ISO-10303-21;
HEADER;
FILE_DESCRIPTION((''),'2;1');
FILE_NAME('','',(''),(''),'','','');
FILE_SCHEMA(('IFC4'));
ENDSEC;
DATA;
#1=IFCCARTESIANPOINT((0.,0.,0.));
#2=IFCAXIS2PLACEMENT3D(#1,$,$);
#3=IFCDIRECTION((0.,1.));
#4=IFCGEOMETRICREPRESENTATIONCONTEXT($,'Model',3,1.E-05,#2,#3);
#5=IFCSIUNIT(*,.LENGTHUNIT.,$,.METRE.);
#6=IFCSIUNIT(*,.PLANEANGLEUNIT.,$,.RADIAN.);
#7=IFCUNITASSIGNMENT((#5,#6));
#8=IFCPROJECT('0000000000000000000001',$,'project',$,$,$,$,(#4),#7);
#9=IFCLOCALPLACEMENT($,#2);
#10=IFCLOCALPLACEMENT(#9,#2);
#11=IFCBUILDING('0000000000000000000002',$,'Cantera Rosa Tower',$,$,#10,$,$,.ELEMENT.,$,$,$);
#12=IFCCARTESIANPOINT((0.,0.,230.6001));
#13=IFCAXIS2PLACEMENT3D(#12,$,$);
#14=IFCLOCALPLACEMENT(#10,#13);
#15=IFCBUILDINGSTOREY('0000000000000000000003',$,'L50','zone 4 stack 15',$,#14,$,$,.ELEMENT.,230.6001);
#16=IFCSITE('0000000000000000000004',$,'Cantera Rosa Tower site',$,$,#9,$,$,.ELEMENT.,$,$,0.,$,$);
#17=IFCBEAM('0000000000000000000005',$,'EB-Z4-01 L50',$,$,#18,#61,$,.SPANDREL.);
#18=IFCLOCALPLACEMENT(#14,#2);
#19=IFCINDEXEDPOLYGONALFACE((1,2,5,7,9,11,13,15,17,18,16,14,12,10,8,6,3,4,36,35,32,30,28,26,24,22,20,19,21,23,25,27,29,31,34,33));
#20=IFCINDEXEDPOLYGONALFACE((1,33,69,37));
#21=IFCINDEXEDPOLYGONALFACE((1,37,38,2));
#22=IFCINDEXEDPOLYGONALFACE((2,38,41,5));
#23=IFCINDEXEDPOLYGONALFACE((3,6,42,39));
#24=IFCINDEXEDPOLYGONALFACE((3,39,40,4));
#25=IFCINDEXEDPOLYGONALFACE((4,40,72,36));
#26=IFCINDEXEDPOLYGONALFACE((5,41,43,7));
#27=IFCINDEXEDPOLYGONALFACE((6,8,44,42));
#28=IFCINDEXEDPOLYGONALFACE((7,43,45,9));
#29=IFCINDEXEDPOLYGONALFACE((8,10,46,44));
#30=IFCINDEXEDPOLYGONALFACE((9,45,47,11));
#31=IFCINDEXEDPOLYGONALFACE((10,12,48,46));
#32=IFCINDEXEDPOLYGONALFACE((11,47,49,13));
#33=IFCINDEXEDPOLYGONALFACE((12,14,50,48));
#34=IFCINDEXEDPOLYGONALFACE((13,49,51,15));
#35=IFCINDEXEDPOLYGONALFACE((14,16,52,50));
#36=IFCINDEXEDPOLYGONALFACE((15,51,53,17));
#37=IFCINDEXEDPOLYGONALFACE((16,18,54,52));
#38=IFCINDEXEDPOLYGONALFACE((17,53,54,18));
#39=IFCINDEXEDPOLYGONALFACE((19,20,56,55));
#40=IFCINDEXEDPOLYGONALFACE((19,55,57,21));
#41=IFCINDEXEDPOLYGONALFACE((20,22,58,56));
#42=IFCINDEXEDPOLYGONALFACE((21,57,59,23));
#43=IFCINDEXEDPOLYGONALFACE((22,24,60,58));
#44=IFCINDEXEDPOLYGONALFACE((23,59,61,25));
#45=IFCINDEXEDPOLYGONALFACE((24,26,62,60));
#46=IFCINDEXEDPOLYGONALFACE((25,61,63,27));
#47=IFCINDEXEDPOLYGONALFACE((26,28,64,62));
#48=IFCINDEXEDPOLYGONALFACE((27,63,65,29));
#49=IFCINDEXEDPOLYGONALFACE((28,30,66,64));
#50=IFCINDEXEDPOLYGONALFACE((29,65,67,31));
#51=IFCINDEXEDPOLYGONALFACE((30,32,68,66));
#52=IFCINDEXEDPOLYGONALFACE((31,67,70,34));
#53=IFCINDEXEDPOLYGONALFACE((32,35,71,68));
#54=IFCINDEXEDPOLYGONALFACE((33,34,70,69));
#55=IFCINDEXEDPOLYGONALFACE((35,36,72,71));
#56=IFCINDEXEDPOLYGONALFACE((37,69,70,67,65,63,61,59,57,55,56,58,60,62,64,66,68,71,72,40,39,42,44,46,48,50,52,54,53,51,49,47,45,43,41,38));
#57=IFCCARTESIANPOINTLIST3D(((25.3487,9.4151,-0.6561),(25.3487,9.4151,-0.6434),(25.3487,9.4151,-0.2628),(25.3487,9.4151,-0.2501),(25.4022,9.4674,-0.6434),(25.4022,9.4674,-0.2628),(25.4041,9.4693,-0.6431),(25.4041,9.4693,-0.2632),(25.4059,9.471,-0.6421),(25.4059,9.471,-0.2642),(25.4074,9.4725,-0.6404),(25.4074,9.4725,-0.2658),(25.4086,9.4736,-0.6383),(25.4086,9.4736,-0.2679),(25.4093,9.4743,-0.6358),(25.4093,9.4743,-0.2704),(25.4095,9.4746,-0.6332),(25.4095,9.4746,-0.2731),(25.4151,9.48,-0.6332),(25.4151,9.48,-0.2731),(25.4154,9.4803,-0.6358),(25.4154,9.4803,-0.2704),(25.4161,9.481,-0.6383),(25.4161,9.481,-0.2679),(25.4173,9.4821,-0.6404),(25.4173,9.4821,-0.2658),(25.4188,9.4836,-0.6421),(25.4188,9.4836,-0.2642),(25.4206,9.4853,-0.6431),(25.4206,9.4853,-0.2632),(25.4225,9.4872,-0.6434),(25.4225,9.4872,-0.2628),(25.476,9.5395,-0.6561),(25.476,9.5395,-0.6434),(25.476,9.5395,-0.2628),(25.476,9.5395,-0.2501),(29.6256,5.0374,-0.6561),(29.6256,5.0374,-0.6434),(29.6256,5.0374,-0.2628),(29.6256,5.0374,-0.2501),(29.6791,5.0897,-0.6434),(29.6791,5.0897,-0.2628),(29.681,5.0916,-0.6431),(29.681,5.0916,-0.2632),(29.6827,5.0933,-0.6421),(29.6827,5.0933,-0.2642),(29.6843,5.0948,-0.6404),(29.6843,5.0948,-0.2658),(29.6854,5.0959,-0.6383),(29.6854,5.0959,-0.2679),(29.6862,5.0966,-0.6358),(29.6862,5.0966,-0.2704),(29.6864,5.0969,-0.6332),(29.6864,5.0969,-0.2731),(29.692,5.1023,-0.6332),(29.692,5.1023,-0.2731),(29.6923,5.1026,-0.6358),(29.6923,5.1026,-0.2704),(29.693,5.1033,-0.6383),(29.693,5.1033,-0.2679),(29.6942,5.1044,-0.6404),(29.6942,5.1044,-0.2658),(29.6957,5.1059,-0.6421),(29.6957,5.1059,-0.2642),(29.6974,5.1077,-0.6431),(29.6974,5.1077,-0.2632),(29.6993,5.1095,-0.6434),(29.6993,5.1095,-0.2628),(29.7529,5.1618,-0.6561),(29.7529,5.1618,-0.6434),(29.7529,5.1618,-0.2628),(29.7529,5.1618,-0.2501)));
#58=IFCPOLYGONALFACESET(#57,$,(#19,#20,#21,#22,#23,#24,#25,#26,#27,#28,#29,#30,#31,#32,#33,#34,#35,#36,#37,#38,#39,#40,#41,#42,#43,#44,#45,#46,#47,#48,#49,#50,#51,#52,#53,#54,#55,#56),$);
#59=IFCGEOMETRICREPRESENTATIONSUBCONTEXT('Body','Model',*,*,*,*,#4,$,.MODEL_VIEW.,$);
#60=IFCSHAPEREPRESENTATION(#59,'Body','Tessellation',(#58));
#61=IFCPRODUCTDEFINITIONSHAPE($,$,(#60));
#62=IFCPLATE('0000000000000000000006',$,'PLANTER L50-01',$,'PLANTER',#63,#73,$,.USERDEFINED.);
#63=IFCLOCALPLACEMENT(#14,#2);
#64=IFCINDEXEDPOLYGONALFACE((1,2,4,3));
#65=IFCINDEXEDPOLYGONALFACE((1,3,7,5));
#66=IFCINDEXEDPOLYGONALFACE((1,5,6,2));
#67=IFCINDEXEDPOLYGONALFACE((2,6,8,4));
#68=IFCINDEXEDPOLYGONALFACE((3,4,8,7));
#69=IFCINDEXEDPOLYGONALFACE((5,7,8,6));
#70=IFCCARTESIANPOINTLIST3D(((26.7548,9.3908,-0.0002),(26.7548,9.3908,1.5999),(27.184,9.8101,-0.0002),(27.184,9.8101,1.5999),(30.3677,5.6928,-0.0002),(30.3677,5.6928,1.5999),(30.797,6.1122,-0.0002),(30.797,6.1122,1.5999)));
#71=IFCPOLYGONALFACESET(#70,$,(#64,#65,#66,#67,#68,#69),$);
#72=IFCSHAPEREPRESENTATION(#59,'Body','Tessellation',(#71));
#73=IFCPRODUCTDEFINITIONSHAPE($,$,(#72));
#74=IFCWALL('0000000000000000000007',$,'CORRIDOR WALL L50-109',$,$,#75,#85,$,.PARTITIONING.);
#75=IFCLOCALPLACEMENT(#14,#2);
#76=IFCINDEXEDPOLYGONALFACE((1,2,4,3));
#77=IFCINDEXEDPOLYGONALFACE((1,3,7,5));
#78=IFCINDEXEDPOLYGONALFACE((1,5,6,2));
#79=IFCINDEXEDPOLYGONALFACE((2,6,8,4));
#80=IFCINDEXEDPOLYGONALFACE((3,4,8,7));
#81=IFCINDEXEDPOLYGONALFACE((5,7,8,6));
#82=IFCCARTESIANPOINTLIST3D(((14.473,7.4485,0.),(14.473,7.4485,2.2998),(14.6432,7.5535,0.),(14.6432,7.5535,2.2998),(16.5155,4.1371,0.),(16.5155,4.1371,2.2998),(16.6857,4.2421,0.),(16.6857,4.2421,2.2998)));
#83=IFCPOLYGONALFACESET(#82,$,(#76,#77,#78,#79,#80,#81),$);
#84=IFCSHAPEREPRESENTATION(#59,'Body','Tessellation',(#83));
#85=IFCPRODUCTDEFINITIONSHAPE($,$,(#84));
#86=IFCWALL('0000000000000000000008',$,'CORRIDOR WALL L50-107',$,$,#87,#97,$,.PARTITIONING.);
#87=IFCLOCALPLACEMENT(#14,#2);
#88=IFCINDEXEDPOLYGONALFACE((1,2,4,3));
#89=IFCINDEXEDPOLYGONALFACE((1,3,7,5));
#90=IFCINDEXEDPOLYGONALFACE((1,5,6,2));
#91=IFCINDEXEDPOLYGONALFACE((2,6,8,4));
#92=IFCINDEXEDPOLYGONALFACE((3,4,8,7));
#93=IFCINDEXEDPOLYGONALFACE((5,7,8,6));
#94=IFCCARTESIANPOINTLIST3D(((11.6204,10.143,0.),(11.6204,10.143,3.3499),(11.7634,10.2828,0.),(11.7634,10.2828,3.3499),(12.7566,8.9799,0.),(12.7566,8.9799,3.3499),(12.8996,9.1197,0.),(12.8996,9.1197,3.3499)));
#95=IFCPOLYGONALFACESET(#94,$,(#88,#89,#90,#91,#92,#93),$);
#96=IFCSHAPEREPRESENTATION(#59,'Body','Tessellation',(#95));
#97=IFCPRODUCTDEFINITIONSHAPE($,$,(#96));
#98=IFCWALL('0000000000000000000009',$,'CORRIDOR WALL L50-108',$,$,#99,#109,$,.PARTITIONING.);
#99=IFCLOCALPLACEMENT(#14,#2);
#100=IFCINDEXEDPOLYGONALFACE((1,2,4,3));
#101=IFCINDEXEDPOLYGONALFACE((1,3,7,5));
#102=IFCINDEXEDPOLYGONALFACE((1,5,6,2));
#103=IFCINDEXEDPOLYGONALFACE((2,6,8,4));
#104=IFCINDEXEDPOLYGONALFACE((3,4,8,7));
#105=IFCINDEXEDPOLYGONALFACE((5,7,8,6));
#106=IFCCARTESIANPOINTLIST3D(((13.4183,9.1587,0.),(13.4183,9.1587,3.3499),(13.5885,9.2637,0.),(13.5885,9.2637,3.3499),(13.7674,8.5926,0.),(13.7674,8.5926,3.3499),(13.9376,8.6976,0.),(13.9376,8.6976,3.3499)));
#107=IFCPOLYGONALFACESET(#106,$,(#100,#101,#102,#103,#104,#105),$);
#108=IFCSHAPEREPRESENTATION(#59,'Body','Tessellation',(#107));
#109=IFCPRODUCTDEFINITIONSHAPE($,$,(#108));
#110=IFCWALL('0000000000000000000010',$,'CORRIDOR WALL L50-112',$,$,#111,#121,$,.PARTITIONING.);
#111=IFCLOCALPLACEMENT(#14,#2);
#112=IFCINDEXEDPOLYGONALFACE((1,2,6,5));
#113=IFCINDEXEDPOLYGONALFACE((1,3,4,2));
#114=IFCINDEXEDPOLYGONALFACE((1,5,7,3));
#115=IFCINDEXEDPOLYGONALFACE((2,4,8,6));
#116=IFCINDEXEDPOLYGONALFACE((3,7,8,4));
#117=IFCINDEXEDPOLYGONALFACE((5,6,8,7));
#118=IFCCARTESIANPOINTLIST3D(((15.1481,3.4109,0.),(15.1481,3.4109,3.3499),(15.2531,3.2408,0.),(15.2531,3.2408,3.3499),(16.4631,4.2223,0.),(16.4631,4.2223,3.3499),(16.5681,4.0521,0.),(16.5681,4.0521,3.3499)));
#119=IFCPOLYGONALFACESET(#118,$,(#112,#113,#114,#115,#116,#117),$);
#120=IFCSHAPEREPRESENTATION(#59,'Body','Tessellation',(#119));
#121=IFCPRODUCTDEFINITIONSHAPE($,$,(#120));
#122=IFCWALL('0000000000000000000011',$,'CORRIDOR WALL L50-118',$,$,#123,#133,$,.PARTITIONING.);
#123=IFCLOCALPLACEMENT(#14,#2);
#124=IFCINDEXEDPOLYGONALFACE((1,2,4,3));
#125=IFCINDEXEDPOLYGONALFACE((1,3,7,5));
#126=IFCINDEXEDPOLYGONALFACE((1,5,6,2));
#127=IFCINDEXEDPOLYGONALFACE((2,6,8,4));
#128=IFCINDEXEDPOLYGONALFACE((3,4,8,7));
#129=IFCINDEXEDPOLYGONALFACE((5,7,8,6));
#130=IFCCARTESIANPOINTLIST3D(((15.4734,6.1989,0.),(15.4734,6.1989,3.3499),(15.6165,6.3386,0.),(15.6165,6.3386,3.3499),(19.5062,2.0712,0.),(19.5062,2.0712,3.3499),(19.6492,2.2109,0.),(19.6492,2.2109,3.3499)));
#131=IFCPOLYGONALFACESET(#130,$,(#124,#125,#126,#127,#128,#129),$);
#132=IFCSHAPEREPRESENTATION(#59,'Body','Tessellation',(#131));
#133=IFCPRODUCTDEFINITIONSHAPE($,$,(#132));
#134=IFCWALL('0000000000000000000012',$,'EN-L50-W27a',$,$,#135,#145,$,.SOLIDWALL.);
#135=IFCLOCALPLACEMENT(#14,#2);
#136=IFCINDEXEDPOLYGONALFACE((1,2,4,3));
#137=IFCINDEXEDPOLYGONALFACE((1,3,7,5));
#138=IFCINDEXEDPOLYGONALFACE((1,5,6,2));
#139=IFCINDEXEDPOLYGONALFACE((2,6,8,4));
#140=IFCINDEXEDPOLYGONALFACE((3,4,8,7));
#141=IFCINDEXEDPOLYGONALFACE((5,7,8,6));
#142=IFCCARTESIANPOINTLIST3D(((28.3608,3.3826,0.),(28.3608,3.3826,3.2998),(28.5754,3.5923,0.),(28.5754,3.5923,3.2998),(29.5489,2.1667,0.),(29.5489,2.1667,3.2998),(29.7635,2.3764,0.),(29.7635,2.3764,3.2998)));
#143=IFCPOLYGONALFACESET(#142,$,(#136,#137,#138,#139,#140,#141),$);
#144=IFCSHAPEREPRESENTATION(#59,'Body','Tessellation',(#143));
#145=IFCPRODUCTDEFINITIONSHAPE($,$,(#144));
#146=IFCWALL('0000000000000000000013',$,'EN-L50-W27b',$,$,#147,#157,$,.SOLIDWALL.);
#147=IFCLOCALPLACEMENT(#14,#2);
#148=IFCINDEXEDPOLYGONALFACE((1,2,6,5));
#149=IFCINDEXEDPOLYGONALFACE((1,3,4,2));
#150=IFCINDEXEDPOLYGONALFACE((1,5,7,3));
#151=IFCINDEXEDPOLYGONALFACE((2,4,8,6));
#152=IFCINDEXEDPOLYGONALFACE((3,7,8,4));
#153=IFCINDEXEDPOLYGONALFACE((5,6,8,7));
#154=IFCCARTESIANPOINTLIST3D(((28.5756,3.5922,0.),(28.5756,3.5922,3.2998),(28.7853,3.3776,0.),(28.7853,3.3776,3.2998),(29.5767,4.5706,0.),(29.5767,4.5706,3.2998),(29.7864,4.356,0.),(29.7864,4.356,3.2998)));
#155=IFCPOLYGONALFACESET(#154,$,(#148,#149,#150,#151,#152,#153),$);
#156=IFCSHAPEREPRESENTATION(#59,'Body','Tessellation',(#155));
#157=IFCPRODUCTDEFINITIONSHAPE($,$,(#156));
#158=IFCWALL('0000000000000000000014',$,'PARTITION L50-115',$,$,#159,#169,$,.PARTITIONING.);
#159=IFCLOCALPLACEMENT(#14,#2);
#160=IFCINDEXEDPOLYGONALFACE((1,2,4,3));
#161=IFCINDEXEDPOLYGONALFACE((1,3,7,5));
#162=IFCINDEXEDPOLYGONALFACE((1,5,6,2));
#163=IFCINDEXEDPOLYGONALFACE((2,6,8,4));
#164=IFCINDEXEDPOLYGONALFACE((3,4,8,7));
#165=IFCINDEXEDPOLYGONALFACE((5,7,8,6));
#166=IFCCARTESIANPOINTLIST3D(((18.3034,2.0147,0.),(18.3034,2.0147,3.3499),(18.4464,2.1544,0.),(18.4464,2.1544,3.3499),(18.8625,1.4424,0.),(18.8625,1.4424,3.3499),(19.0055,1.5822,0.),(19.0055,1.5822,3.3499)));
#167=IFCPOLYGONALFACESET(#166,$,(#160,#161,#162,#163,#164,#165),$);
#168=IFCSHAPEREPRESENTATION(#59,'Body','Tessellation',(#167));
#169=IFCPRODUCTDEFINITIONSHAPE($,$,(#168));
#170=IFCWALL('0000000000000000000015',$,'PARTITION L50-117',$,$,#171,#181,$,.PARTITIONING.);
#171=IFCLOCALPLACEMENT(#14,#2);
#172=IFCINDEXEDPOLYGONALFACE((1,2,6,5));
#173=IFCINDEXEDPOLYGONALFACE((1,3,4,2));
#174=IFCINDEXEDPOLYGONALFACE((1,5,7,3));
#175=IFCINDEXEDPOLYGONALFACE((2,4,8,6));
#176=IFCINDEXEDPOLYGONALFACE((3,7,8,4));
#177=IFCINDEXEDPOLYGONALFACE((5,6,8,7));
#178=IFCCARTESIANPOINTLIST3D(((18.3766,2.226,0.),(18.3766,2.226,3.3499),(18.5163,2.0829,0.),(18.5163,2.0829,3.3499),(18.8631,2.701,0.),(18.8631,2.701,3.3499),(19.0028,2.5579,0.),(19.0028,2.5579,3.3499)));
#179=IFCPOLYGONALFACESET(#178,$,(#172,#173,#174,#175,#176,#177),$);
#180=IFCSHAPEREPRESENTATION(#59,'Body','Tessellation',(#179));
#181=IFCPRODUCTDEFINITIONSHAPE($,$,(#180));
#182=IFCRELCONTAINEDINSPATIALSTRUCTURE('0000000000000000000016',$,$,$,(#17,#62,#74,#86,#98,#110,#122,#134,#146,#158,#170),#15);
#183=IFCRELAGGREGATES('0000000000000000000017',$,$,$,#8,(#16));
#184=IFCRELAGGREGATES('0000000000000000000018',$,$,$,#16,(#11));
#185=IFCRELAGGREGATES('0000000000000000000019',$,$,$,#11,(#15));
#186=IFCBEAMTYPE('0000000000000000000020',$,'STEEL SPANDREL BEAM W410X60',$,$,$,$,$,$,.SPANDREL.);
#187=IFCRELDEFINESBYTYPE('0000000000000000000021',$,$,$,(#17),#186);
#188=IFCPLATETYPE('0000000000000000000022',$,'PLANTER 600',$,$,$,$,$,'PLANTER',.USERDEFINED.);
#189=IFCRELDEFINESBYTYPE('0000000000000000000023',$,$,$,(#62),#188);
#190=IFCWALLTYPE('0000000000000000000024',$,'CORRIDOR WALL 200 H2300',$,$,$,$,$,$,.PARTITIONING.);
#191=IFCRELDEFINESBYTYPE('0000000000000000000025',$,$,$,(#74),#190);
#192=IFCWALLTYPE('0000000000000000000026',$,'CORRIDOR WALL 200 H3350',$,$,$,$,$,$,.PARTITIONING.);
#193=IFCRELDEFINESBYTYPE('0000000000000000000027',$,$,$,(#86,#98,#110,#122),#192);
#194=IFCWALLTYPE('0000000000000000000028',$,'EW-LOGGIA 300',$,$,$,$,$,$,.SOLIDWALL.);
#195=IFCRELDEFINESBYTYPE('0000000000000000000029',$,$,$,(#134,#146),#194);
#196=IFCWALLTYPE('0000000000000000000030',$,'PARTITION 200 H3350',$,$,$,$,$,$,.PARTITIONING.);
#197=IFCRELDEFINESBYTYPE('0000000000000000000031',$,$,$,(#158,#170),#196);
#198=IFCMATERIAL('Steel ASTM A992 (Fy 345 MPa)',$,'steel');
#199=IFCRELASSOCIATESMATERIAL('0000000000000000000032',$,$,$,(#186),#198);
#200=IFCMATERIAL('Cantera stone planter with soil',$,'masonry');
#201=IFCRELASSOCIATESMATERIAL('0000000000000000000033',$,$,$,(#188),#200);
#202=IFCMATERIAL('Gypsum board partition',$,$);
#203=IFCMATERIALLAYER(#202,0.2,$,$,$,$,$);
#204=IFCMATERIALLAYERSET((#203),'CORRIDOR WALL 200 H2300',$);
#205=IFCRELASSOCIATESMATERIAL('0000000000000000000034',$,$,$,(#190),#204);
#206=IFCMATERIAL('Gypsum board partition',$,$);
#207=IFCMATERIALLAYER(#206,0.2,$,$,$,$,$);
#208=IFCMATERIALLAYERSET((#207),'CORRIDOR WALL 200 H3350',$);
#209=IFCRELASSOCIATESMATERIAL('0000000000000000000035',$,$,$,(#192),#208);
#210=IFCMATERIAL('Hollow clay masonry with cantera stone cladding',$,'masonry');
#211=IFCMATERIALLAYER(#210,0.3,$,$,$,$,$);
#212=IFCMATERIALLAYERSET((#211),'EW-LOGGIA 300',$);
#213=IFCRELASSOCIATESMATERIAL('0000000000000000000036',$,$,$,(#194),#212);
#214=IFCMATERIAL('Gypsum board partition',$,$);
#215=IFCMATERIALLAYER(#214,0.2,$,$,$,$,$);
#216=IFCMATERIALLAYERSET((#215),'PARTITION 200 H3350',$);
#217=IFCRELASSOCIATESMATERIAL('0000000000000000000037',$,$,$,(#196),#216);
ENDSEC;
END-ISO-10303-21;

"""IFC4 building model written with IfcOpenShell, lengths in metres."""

from ifc_helpers import new_model, si_unit, direction, frame, frame_2d, origin, origin_2d, place, context, subcontext, project, spatial, rectangle, i_section, extrude, material, layer, layer_set, material_profile, profile_set, type_object, element, save


model = new_model("IFC4")

# Units and contexts
model_context = context("Model", 3, precision=1e-05, world=origin(), true_north=direction((0.0, 1.0)))
body_context = subcontext(model_context, "Body", "Model", "MODEL_VIEW")
ifc_project = project(units=[si_unit("LENGTHUNIT", "METRE"), si_unit("PLANEANGLEUNIT", "RADIAN")], contexts=[model_context])

# Site, building, storey
site_placement = place(None, origin())
site = spatial("IfcSite", under=ifc_project, at=site_placement, Name="Cantera Rosa Tower site", CompositionType="ELEMENT", RefElevation=0.0)
building_placement = place(site_placement, origin())
building = spatial("IfcBuilding", under=site, at=building_placement, Name="Cantera Rosa Tower", CompositionType="ELEMENT")
storey_placement = place(building_placement, frame((0.0, 0.0, 230.6001)))
storey = spatial("IfcBuildingStorey", under=building, at=storey_placement, Name="L50", Description="zone 4 stack 15", CompositionType="ELEMENT", Elevation=230.6001)

# Beam
ifc_material_1 = material(Name="Steel ASTM A992 (Fy 345 MPa)", Category="steel")
ifc_material_profile_1 = material_profile(ifc_material_1, i_section(OverallWidth=0.178, OverallDepth=0.406, WebThickness=0.0078, FlangeThickness=0.0127, FilletRadius=0.0103, at=origin_2d()), Name="W410X60")
ifc_profile_set_1 = profile_set([ifc_material_profile_1], Name="Steel ASTM A992 (Fy 345 MPa)")
beam_type_1 = type_object("IfcBeamType", Name="STEEL SPANDREL BEAM W410X60", PredefinedType="SPANDREL", material=ifc_profile_set_1)
beam_1_placement = place(storey_placement, frame((29.6892, 5.0996, -0.4531), z_axis=(-0.698821, 0.715296, 0.0), x_axis=(-0.715296, -0.698821, 0.0)))
element("IfcBeam", 1, at=beam_1_placement, inside=storey, type_object=beam_type_1, Name="EB-Z4-01 L50", PredefinedType="SPANDREL", context=body_context, shape_type="SweptSolid", body=[
    extrude(i_section(OverallWidth=0.178, OverallDepth=0.406, WebThickness=0.0078, FlangeThickness=0.0127, FilletRadius=0.0103, at=origin_2d()), origin(), (0.0, 0.0, 1.0), 6.1201),
])

# Plate
ifc_material_2 = material(Name="Cantera stone planter with soil", Category="masonry")
plate_type = type_object("IfcPlateType", Name="PLANTER 600", ElementType="PLANTER", PredefinedType="USERDEFINED", material=ifc_material_2)
plate_placement = place(storey_placement, frame((28.7759, 7.7515, -0.0002), z_axis=(0.0, 0.0, 1.0), x_axis=(-0.698832, 0.715286, 0.0)))
element("IfcPlate", 2, at=plate_placement, inside=storey, type_object=plate_type, Name="PLANTER L50-01", ObjectType="PLANTER", PredefinedType="USERDEFINED", context=body_context, shape_type="SweptSolid", body=[
    extrude(rectangle(XDim=5.1699, YDim=0.6001, at=origin_2d()), origin(), (0.0, 0.0, 1.0), 1.6001),
])

# Walls
ifc_material_3 = material(Name="Gypsum board partition")
ifc_layer_1 = layer(ifc_material_3, 0.2)
ifc_layer_set_1 = layer_set([ifc_layer_1], Name="CORRIDOR WALL 200 H2300")
wall_type_1 = type_object("IfcWallType", Name="CORRIDOR WALL 200 H2300", PredefinedType="PARTITIONING", material=ifc_layer_set_1)
wall_1_placement = place(storey_placement, frame((14.5581, 7.501, 0.0), z_axis=(0.0, 0.0, 1.0), x_axis=(0.524986, -0.851111, 0.0)))
element("IfcWall", 3, at=wall_1_placement, inside=storey, type_object=wall_type_1, Name="CORRIDOR WALL L50-109", PredefinedType="PARTITIONING", context=body_context, shape_type="SweptSolid", body=[
    extrude(rectangle(XDim=3.8906, YDim=0.2, at=frame_2d((1.9453, 0.0))), origin(), (0.0, 0.0, 1.0), 2.2998),
])
ifc_material_4 = material(Name="Gypsum board partition")
ifc_layer_2 = layer(ifc_material_4, 0.2)
ifc_layer_set_2 = layer_set([ifc_layer_2], Name="CORRIDOR WALL 200 H3350")
wall_type_2 = type_object("IfcWallType", Name="CORRIDOR WALL 200 H3350", PredefinedType="PARTITIONING", material=ifc_layer_set_2)
wall_2_placement = place(storey_placement, frame((12.8281, 9.0498, 0.0), z_axis=(0.0, 0.0, 1.0), x_axis=(-0.6988, 0.715317, 0.0)))
element("IfcWall", 4, at=wall_2_placement, inside=storey, type_object=wall_type_2, Name="CORRIDOR WALL L50-107", PredefinedType="PARTITIONING", context=body_context, shape_type="SweptSolid", body=[
    extrude(rectangle(XDim=1.626, YDim=0.2, at=frame_2d((0.813, 0.0))), origin(), (0.0, 0.0, 1.0), 3.3499),
])
wall_3_placement = place(storey_placement, frame((13.5034, 9.2112, 0.0), z_axis=(0.0, 0.0, 1.0), x_axis=(0.524875, -0.851179, 0.0)))
element("IfcWall", 5, at=wall_3_placement, inside=storey, type_object=wall_type_2, Name="CORRIDOR WALL L50-108", PredefinedType="PARTITIONING", context=body_context, shape_type="SweptSolid", body=[
    extrude(rectangle(XDim=0.665, YDim=0.2, at=frame_2d((0.3325, 0.0))), origin(), (0.0, 0.0, 1.0), 3.3499),
])
wall_4_placement = place(storey_placement, frame((15.2007, 3.3259, 0.0), z_axis=(0.0, 0.0, 1.0), x_axis=(0.851056, 0.525076, 0.0)))
element("IfcWall", 6, at=wall_4_placement, inside=storey, type_object=wall_type_2, Name="CORRIDOR WALL L50-112", PredefinedType="PARTITIONING", context=body_context, shape_type="SweptSolid", body=[
    extrude(rectangle(XDim=1.5452, YDim=0.2, at=frame_2d((0.7725, 0.0))), origin(), (0.0, 0.0, 1.0), 3.3499),
])
wall_5_placement = place(storey_placement, frame((19.5776, 2.1411, 0.0), z_axis=(0.0, 0.0, 1.0), x_axis=(-0.69883, 0.715288, 0.0)))
element("IfcWall", 7, at=wall_5_placement, inside=storey, type_object=wall_type_2, Name="CORRIDOR WALL L50-118", PredefinedType="PARTITIONING", context=body_context, shape_type="SweptSolid", body=[
    extrude(rectangle(XDim=5.7708, YDim=0.2, at=frame_2d((2.8853, 0.0))), origin(), (0.0, 0.0, 1.0), 3.3499),
])
ifc_material_5 = material(Name="Hollow clay masonry with cantera stone cladding", Category="masonry")
ifc_layer_3 = layer(ifc_material_5, 0.3)
ifc_layer_set_3 = layer_set([ifc_layer_3], Name="EW-LOGGIA 300")
wall_type_3 = type_object("IfcWallType", Name="EW-LOGGIA 300", PredefinedType="SOLIDWALL", material=ifc_layer_set_3)
wall_6_placement = place(storey_placement, frame((29.6562, 2.2715, 0.0), z_axis=(0.0, 0.0, 1.0), x_axis=(-0.698873, 0.715246, 0.0)))
element("IfcWall", 8, at=wall_6_placement, inside=storey, type_object=wall_type_3, Name="EN-L50-W27a", PredefinedType="SOLIDWALL", context=body_context, shape_type="SweptSolid", body=[
    extrude(rectangle(XDim=1.7, YDim=0.3, at=frame_2d((0.8501, 0.0))), origin(), (0.0, 0.0, 1.0), 3.2998),
])
wall_7_placement = place(storey_placement, frame((28.6804, 3.4849, 0.0), z_axis=(0.0, 0.0, 1.0), x_axis=(0.715169, 0.698951, 0.0)))
element("IfcWall", 9, at=wall_7_placement, inside=storey, type_object=wall_type_3, Name="EN-L50-W27b", PredefinedType="SOLIDWALL", context=body_context, shape_type="SweptSolid", body=[
    extrude(rectangle(XDim=1.3999, YDim=0.3, at=frame_2d((0.7, 0.0))), origin(), (0.0, 0.0, 1.0), 3.2998),
])

# Walls
ifc_material_6 = material(Name="Gypsum board partition")
ifc_layer_4 = layer(ifc_material_6, 0.2)
ifc_layer_set_4 = layer_set([ifc_layer_4], Name="PARTITION 200 H3350")
wall_type_4 = type_object("IfcWallType", Name="PARTITION 200 H3350", PredefinedType="PARTITIONING", material=ifc_layer_set_4)
wall_8_placement = place(storey_placement, frame((18.375, 2.0845, 0.0), z_axis=(0.0, 0.0, 1.0), x_axis=(0.698819, -0.715298, 0.0)))
element("IfcWall", 10, at=wall_8_placement, inside=storey, type_object=wall_type_4, Name="PARTITION L50-115", PredefinedType="PARTITIONING", context=body_context, shape_type="SweptSolid", body=[
    extrude(rectangle(XDim=0.8, YDim=0.2, at=frame_2d((0.3999, 0.0))), origin(), (0.0, 0.0, 1.0), 3.3499),
])
wall_9_placement = place(storey_placement, frame((18.9329, 2.6294, 0.0), z_axis=(0.0, 0.0, 1.0), x_axis=(-0.715493, -0.69862, 0.0)))
element("IfcWall", 11, at=wall_9_placement, inside=storey, type_object=wall_type_4, Name="PARTITION L50-117", PredefinedType="PARTITIONING", context=body_context, shape_type="SweptSolid", body=[
    extrude(rectangle(XDim=0.6799, YDim=0.2, at=frame_2d((0.3398, 0.0))), origin(), (0.0, 0.0, 1.0), 3.3499),
])

save(model, "model.ifc")
